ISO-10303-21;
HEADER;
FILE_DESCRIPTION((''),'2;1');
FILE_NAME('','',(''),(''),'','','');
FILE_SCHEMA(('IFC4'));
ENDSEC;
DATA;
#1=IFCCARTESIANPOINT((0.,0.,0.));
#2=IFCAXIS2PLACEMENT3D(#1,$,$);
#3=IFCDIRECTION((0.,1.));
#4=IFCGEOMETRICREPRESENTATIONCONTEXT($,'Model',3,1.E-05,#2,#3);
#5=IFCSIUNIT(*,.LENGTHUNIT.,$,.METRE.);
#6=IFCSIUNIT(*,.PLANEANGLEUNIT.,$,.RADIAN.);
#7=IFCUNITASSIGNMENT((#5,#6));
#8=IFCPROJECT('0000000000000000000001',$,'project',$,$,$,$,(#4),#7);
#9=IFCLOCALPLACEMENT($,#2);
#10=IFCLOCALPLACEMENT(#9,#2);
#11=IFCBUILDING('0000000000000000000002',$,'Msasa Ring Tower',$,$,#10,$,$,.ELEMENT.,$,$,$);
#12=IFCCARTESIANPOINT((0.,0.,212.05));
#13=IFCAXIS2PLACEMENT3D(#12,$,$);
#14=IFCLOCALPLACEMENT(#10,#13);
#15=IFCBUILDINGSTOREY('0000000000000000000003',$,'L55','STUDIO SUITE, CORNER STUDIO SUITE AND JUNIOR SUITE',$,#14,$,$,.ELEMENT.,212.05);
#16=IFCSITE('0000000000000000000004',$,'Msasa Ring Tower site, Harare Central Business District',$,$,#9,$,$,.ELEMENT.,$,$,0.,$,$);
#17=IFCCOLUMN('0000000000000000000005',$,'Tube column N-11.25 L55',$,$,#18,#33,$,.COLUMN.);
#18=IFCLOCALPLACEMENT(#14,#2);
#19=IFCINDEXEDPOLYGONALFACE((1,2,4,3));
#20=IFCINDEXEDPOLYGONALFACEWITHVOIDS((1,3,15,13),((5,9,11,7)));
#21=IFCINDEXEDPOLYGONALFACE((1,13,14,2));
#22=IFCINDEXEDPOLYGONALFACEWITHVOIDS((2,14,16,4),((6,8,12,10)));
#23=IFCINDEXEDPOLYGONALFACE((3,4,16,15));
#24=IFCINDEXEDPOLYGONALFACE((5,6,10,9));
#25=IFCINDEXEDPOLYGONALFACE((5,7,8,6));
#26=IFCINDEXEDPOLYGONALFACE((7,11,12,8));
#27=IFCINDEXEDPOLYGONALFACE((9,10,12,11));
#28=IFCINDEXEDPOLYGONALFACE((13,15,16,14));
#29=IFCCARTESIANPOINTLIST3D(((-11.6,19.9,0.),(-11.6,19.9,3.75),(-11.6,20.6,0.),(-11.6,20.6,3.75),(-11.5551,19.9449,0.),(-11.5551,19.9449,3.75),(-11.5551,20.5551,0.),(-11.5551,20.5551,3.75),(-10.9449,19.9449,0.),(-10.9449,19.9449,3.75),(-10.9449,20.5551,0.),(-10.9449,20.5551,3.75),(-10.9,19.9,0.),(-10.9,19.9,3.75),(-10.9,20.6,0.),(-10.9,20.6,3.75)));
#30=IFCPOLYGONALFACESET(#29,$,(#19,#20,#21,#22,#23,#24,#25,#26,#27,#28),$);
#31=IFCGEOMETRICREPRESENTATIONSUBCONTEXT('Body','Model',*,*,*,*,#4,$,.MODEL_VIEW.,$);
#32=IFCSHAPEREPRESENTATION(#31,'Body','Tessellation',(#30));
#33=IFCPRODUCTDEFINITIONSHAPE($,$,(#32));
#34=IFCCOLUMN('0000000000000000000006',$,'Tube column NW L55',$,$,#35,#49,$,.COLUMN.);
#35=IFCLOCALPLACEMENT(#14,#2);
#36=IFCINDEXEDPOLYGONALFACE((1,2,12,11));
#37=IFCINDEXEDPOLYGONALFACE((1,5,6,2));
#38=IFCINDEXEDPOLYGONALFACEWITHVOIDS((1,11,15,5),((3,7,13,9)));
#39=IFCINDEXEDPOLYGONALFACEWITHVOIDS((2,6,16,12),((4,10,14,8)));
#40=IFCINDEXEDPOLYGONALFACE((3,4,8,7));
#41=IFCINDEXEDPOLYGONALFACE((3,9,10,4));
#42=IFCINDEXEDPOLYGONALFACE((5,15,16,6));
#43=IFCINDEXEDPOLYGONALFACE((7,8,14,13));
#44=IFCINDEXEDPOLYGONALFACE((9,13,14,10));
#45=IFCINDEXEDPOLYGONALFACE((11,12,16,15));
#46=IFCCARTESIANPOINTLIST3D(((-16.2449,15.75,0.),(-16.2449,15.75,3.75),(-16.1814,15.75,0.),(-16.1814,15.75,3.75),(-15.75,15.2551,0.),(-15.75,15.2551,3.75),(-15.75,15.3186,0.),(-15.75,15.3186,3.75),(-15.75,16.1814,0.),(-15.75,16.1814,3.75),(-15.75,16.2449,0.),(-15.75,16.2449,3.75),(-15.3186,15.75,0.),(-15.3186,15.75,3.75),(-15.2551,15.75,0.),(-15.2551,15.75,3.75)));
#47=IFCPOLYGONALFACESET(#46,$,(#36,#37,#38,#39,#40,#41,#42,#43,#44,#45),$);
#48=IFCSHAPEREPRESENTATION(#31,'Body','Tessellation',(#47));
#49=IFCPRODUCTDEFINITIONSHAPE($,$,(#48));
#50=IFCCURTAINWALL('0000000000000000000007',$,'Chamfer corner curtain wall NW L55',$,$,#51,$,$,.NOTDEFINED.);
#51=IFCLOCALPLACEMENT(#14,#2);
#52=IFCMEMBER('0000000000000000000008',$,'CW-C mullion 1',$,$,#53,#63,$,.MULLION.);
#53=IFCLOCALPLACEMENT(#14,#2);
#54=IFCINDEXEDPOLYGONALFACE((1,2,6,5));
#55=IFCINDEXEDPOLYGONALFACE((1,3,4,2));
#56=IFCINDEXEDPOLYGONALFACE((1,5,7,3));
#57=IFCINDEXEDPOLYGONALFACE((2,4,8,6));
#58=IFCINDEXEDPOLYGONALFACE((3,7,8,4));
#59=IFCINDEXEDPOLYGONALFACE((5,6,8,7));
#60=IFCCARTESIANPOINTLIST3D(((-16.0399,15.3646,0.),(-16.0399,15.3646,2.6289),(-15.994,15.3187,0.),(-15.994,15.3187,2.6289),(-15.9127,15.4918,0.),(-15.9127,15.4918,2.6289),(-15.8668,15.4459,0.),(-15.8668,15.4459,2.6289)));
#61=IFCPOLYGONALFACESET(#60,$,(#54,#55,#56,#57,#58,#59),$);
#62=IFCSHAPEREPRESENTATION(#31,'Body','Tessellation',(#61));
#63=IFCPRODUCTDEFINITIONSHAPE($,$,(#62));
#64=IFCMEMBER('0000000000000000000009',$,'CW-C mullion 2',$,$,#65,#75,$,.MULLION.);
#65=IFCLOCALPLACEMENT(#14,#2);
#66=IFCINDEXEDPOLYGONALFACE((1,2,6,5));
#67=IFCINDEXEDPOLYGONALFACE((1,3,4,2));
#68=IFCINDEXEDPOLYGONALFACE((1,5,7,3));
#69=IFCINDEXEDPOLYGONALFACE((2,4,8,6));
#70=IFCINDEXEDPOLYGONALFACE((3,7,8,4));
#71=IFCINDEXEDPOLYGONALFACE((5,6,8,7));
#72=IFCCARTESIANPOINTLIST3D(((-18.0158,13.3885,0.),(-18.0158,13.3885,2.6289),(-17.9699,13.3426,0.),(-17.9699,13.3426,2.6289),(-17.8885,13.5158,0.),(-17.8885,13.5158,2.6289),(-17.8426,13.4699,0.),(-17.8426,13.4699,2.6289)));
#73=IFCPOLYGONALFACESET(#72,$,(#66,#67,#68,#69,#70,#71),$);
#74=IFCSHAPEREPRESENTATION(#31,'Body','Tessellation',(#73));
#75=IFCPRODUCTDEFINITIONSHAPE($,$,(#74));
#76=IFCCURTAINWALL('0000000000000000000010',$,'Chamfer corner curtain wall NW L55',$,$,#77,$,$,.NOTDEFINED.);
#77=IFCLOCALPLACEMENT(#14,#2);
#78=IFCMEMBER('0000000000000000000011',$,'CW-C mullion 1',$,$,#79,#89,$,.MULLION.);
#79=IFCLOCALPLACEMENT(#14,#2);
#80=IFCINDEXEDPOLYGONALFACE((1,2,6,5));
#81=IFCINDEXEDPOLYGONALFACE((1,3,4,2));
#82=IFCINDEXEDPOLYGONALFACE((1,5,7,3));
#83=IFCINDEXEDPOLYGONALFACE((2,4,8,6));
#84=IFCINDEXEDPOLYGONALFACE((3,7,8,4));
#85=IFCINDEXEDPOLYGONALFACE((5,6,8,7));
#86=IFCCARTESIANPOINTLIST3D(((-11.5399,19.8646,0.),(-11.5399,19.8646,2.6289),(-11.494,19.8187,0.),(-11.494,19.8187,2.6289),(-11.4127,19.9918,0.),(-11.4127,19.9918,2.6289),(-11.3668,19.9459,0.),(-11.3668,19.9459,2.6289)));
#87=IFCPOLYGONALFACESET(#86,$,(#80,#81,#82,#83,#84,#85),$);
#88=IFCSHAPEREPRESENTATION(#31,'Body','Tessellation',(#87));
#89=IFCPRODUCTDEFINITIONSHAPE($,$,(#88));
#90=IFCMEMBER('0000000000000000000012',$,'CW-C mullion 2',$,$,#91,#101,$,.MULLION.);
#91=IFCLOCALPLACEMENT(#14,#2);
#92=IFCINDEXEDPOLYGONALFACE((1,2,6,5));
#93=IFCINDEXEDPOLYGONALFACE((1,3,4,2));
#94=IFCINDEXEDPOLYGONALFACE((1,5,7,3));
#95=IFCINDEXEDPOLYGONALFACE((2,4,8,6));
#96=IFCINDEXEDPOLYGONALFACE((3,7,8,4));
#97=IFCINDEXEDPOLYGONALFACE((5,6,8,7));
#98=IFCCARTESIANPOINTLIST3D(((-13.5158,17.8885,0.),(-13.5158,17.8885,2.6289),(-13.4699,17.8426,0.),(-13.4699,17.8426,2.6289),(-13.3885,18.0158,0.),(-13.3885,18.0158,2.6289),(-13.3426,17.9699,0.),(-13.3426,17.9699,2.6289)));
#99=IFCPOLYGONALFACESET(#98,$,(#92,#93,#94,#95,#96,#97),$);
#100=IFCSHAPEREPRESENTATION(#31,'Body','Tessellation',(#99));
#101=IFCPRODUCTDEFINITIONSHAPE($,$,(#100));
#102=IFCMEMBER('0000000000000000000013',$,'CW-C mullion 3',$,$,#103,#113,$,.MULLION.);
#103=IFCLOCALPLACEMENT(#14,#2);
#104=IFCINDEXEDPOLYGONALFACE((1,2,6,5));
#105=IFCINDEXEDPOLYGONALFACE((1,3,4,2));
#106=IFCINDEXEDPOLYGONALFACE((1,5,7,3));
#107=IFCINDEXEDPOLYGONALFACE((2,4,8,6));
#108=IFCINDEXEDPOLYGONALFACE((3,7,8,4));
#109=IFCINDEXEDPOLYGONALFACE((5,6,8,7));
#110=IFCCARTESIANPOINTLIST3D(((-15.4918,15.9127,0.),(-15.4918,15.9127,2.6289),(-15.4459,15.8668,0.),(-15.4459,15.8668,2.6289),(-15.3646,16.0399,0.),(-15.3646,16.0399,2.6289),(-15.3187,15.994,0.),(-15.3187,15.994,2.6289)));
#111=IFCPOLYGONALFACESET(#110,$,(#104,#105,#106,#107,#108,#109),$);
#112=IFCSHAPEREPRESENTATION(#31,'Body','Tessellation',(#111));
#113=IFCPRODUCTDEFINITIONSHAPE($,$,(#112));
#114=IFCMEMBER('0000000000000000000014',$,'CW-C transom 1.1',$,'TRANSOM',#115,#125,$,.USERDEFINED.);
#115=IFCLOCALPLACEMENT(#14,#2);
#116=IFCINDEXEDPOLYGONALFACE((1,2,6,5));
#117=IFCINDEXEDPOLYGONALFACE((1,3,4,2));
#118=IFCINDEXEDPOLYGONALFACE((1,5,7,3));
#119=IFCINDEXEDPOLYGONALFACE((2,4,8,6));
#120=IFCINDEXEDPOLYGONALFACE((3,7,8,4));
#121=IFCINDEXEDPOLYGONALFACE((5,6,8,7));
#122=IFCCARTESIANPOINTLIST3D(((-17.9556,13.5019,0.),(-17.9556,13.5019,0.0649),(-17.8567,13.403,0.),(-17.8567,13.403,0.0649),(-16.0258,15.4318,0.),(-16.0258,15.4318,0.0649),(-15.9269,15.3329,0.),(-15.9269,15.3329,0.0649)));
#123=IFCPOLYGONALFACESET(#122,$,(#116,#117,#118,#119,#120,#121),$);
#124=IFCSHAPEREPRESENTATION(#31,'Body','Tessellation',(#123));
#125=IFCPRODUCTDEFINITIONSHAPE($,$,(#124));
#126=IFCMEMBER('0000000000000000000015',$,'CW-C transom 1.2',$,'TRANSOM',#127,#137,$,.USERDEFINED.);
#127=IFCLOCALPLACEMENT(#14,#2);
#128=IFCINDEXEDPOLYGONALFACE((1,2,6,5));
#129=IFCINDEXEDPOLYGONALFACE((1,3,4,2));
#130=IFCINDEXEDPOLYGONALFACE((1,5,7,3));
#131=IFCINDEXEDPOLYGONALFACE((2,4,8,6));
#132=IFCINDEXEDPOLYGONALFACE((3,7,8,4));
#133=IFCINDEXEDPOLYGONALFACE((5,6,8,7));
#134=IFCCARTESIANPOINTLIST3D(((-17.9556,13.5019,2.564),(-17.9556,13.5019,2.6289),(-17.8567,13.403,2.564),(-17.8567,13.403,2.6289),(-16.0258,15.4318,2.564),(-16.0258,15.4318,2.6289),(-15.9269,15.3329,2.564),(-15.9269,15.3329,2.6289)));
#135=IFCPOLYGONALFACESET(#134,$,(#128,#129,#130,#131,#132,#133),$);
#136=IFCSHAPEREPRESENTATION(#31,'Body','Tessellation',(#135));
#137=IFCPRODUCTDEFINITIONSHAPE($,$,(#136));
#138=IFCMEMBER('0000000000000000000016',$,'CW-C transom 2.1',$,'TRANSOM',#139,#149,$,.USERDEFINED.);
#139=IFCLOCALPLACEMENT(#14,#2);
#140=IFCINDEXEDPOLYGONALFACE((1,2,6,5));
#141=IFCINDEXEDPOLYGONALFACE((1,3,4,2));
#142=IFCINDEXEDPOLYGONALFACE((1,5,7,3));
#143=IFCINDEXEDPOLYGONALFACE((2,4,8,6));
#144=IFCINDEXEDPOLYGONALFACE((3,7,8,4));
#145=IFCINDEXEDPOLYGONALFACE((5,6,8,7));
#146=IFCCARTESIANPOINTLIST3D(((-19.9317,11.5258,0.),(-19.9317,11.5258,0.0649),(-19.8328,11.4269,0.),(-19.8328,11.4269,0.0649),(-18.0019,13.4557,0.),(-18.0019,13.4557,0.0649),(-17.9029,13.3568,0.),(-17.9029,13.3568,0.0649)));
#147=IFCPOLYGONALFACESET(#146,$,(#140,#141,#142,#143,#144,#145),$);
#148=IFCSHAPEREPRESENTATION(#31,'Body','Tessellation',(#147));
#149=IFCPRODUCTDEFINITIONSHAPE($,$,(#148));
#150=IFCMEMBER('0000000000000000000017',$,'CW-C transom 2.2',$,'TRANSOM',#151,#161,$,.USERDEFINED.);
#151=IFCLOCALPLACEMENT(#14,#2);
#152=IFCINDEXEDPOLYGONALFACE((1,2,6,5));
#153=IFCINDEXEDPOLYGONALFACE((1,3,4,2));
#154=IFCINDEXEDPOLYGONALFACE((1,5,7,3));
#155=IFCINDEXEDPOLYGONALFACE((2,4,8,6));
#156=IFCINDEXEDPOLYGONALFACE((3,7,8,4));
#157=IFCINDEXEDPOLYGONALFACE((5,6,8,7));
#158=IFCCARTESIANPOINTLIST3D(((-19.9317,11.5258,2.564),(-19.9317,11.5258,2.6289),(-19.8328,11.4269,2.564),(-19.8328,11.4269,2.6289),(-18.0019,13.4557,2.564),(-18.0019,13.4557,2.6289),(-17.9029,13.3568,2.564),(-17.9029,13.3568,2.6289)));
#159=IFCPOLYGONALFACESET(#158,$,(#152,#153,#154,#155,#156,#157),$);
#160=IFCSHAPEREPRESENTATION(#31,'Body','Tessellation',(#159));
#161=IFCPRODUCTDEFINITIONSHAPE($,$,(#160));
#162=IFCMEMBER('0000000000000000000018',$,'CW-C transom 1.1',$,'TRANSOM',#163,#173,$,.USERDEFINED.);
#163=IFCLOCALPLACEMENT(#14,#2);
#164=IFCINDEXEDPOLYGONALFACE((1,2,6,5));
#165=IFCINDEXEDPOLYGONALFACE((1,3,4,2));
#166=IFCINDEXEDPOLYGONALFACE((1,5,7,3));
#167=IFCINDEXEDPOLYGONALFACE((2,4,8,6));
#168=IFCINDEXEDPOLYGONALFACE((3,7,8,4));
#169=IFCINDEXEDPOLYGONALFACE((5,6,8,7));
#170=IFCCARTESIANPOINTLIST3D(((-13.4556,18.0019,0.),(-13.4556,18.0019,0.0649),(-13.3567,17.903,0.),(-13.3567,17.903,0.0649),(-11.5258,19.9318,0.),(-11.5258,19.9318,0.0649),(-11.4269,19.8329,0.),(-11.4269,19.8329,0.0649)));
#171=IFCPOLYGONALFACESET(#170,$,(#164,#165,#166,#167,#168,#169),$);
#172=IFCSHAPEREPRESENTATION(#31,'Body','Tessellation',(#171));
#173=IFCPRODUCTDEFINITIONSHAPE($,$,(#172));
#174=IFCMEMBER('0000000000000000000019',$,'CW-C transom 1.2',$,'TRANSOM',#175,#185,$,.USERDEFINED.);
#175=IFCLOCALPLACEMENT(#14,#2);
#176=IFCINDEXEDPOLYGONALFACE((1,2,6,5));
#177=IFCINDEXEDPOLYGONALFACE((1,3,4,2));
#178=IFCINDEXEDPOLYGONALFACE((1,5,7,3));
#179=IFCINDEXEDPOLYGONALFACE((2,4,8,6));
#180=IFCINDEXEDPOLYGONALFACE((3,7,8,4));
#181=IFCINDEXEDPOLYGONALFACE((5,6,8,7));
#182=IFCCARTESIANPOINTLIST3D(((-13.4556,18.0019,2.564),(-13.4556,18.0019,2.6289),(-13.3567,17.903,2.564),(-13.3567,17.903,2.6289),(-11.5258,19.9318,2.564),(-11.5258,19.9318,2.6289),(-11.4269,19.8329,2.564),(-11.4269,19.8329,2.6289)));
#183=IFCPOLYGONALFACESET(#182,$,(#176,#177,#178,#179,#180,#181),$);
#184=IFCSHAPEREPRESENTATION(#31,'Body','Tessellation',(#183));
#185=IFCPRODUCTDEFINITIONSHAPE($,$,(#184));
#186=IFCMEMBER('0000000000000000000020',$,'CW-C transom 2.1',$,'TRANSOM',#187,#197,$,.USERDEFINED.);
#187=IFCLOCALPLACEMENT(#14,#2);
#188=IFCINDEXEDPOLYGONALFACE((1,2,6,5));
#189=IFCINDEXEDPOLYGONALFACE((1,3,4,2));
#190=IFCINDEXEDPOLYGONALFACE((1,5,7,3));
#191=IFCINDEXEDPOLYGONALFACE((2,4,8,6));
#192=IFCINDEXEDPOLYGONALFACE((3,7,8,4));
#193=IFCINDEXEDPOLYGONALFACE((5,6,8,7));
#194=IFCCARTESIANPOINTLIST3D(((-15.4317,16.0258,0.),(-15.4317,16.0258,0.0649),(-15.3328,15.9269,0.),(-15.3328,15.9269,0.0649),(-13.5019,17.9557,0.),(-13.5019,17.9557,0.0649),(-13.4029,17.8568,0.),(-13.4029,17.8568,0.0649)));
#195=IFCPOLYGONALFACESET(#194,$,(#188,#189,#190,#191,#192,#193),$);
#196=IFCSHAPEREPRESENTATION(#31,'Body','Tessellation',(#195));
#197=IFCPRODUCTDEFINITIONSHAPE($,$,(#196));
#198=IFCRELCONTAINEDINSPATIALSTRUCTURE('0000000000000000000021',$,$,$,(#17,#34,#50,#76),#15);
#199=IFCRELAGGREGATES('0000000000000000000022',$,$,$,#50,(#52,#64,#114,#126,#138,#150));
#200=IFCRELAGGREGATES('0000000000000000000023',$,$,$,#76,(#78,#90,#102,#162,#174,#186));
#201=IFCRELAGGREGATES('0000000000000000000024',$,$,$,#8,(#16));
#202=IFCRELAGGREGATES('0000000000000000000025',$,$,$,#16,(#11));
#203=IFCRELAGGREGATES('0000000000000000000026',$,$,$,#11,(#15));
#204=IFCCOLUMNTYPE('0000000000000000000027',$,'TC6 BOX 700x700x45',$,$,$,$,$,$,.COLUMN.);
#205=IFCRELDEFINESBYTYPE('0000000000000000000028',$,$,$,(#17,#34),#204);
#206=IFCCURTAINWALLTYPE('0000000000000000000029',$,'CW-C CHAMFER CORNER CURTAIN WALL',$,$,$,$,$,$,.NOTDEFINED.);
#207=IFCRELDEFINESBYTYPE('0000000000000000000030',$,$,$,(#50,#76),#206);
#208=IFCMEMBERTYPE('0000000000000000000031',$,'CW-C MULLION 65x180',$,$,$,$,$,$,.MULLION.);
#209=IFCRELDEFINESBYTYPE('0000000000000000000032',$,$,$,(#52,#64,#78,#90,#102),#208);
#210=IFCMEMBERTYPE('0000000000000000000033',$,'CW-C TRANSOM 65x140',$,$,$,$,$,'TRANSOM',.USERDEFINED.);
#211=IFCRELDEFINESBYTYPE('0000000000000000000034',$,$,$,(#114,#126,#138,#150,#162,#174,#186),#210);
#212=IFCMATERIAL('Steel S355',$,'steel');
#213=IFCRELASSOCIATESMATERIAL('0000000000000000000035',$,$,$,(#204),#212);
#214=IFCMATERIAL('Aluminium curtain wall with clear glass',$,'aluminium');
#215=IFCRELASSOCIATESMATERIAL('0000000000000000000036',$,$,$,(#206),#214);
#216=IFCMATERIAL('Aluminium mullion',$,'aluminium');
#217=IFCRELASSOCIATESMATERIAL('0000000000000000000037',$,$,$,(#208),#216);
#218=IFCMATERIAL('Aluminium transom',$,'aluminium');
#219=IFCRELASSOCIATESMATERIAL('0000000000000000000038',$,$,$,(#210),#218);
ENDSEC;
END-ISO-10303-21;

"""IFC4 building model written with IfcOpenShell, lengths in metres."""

from ifc_helpers import new_model, si_unit, direction, frame, origin, origin_2d, place, context, subcontext, project, spatial, rectangle, hollow_rectangle, extrude, material, material_profile, profile_set, type_object, element, aggregate, save


model = new_model("IFC4")

# Units and contexts
model_context = context("Model", 3, precision=1e-05, world=origin(), true_north=direction((0.0, 1.0)))
body_context = subcontext(model_context, "Body", "Model", "MODEL_VIEW")
ifc_project = project(units=[si_unit("LENGTHUNIT", "METRE"), si_unit("PLANEANGLEUNIT", "RADIAN")], contexts=[model_context])

# Site, building, storey
site_placement = place(None, origin())
site = spatial("IfcSite", under=ifc_project, at=site_placement, Name="Msasa Ring Tower site, Harare Central Business District", CompositionType="ELEMENT", RefElevation=0.0)
building_placement = place(site_placement, origin())
building = spatial("IfcBuilding", under=site, at=building_placement, Name="Msasa Ring Tower", CompositionType="ELEMENT")
storey_placement = place(building_placement, frame((0.0, 0.0, 212.05)))
storey = spatial("IfcBuildingStorey", under=building, at=storey_placement, Name="L55", Description="STUDIO SUITE, CORNER STUDIO SUITE AND JUNIOR SUITE", CompositionType="ELEMENT", Elevation=212.05)

# Columns
ifc_material_1 = material(Name="Steel S355", Category="steel")
ifc_material_profile_1 = material_profile(ifc_material_1, hollow_rectangle(XDim=0.7, YDim=0.7, WallThickness=0.0449, at=origin_2d()), Name="BOX 700x700x45")
ifc_profile_set_1 = profile_set([ifc_material_profile_1], Name="Steel S355")
column_type = type_object("IfcColumnType", Name="TC6 BOX 700x700x45", PredefinedType="COLUMN", material=ifc_profile_set_1)
for number, where, z_axis, x_axis, name in (
    (1, (-11.25, 20.25, 0.0), (0.0, 0.0, 1.0), (0.0, 1.0, 0.0), "Tube column N-11.25 L55"),
    (2, (-15.75, 15.75, 0.0), (0.0, 0.0, 1.0), (0.707107, -0.707107, 0.0), "Tube column NW L55"),
):
    element("IfcColumn", number, at=place(storey_placement, frame(where, z_axis=z_axis, x_axis=x_axis)), inside=storey, type_object=column_type, Name=name, PredefinedType="COLUMN", context=body_context, shape_type="SweptSolid", body=[
        extrude(hollow_rectangle(XDim=0.7, YDim=0.7, WallThickness=0.0449, at=origin_2d()), origin(), (0.0, 0.0, 1.0), 3.75),
    ])

# Curtain walls, members
ifc_material_2 = material(Name="Aluminium curtain wall with clear glass", Category="aluminium")
curtain_wall_type = type_object("IfcCurtainWallType", Name="CW-C CHAMFER CORNER CURTAIN WALL", PredefinedType="NOTDEFINED", material=ifc_material_2)
curtain_wall_1_placement = place(storey_placement, origin())
curtain_wall_1 = element("IfcCurtainWall", 3, at=curtain_wall_1_placement, inside=storey, type_object=curtain_wall_type, Name="Chamfer corner curtain wall NW L55", PredefinedType="NOTDEFINED")
ifc_material_3 = material(Name="Aluminium mullion", Category="aluminium")
ifc_material_profile_2 = material_profile(ifc_material_3, rectangle(XDim=0.0649, YDim=0.1799, at=origin_2d()), Name="AL 65x180")
ifc_profile_set_2 = profile_set([ifc_material_profile_2], Name="Aluminium mullion")
member_type_1 = type_object("IfcMemberType", Name="CW-C MULLION 65x180", PredefinedType="MULLION", material=ifc_profile_set_2)
member_1_placement = place(storey_placement, frame((-15.9534, 15.4053, 0.0), z_axis=(0.0, 0.0, 1.0), x_axis=(0.707107, -0.707107, 0.0)))
member_1 = element("IfcMember", 4, at=member_1_placement, type_object=member_type_1, Name="CW-C mullion 1", PredefinedType="MULLION", context=body_context, shape_type="SweptSolid", body=[
    extrude(rectangle(XDim=0.0649, YDim=0.1799, at=origin_2d()), origin(), (0.0, 0.0, 1.0), 2.6289),
])
member_2_placement = place(storey_placement, frame((-17.9292, 13.4292, 0.0), z_axis=(0.0, 0.0, 1.0), x_axis=(0.707107, -0.707107, 0.0)))
member_2 = element("IfcMember", 5, at=member_2_placement, type_object=member_type_1, Name="CW-C mullion 2", PredefinedType="MULLION", context=body_context, shape_type="SweptSolid", body=[
    extrude(rectangle(XDim=0.0649, YDim=0.1799, at=origin_2d()), origin(), (0.0, 0.0, 1.0), 2.6289),
])
curtain_wall_2_placement = place(storey_placement, origin())
curtain_wall_2 = element("IfcCurtainWall", 6, at=curtain_wall_2_placement, inside=storey, type_object=curtain_wall_type, Name="Chamfer corner curtain wall NW L55", PredefinedType="NOTDEFINED")
member_3_placement = place(storey_placement, frame((-11.4534, 19.9053, 0.0), z_axis=(0.0, 0.0, 1.0), x_axis=(0.707107, -0.707107, 0.0)))
member_3 = element("IfcMember", 7, at=member_3_placement, type_object=member_type_1, Name="CW-C mullion 1", PredefinedType="MULLION", context=body_context, shape_type="SweptSolid", body=[
    extrude(rectangle(XDim=0.0649, YDim=0.1799, at=origin_2d()), origin(), (0.0, 0.0, 1.0), 2.6289),
])
member_4_placement = place(storey_placement, frame((-13.4292, 17.9292, 0.0), z_axis=(0.0, 0.0, 1.0), x_axis=(0.707107, -0.707107, 0.0)))
member_4 = element("IfcMember", 8, at=member_4_placement, type_object=member_type_1, Name="CW-C mullion 2", PredefinedType="MULLION", context=body_context, shape_type="SweptSolid", body=[
    extrude(rectangle(XDim=0.0649, YDim=0.1799, at=origin_2d()), origin(), (0.0, 0.0, 1.0), 2.6289),
])
member_5_placement = place(storey_placement, frame((-15.4053, 15.9534, 0.0), z_axis=(0.0, 0.0, 1.0), x_axis=(0.707107, -0.707107, 0.0)))
member_5 = element("IfcMember", 9, at=member_5_placement, type_object=member_type_1, Name="CW-C mullion 3", PredefinedType="MULLION", context=body_context, shape_type="SweptSolid", body=[
    extrude(rectangle(XDim=0.0649, YDim=0.1799, at=origin_2d()), origin(), (0.0, 0.0, 1.0), 2.6289),
])

# Members
ifc_material_4 = material(Name="Aluminium transom", Category="aluminium")
ifc_material_profile_3 = material_profile(ifc_material_4, rectangle(XDim=0.1399, YDim=0.0649, at=origin_2d()), Name="AL 65x140")
ifc_profile_set_3 = profile_set([ifc_material_profile_3], Name="Aluminium transom")
member_type_2 = type_object("IfcMemberType", Name="CW-C TRANSOM 65x140", ElementType="TRANSOM", PredefinedType="USERDEFINED", material=ifc_profile_set_3)
member_6_placement = place(storey_placement, frame((-15.9763, 15.3823, 0.0325), z_axis=(-0.707107, -0.707107, 0.0), x_axis=(0.707107, -0.707107, 0.0)))
member_6 = element("IfcMember", 10, at=member_6_placement, type_object=member_type_2, Name="CW-C transom 1.1", ObjectType="TRANSOM", PredefinedType="USERDEFINED", context=body_context, shape_type="SweptSolid", body=[
    extrude(rectangle(XDim=0.1399, YDim=0.0649, at=origin_2d()), origin(), (0.0, 0.0, 1.0), 2.7292),
])
member_7_placement = place(storey_placement, frame((-15.9763, 15.3823, 2.5964), z_axis=(-0.707107, -0.707107, 0.0), x_axis=(0.707107, -0.707107, 0.0)))
member_7 = element("IfcMember", 11, at=member_7_placement, type_object=member_type_2, Name="CW-C transom 1.2", ObjectType="TRANSOM", PredefinedType="USERDEFINED", context=body_context, shape_type="SweptSolid", body=[
    extrude(rectangle(XDim=0.1399, YDim=0.0649, at=origin_2d()), origin(), (0.0, 0.0, 1.0), 2.7292),
])
member_8_placement = place(storey_placement, frame((-17.9524, 13.4062, 0.0325), z_axis=(-0.707107, -0.707107, 0.0), x_axis=(0.707107, -0.707107, 0.0)))
member_8 = element("IfcMember", 12, at=member_8_placement, type_object=member_type_2, Name="CW-C transom 2.1", ObjectType="TRANSOM", PredefinedType="USERDEFINED", context=body_context, shape_type="SweptSolid", body=[
    extrude(rectangle(XDim=0.1399, YDim=0.0649, at=origin_2d()), origin(), (0.0, 0.0, 1.0), 2.7292),
])
member_9_placement = place(storey_placement, frame((-17.9524, 13.4062, 2.5964), z_axis=(-0.707107, -0.707107, 0.0), x_axis=(0.707107, -0.707107, 0.0)))
member_9 = element("IfcMember", 13, at=member_9_placement, type_object=member_type_2, Name="CW-C transom 2.2", ObjectType="TRANSOM", PredefinedType="USERDEFINED", context=body_context, shape_type="SweptSolid", body=[
    extrude(rectangle(XDim=0.1399, YDim=0.0649, at=origin_2d()), origin(), (0.0, 0.0, 1.0), 2.7292),
])
member_10_placement = place(storey_placement, frame((-11.4763, 19.8823, 0.0325), z_axis=(-0.707107, -0.707107, 0.0), x_axis=(0.707107, -0.707107, 0.0)))
member_10 = element("IfcMember", 14, at=member_10_placement, type_object=member_type_2, Name="CW-C transom 1.1", ObjectType="TRANSOM", PredefinedType="USERDEFINED", context=body_context, shape_type="SweptSolid", body=[
    extrude(rectangle(XDim=0.1399, YDim=0.0649, at=origin_2d()), origin(), (0.0, 0.0, 1.0), 2.7292),
])
member_11_placement = place(storey_placement, frame((-11.4763, 19.8823, 2.5964), z_axis=(-0.707107, -0.707107, 0.0), x_axis=(0.707107, -0.707107, 0.0)))
member_11 = element("IfcMember", 15, at=member_11_placement, type_object=member_type_2, Name="CW-C transom 1.2", ObjectType="TRANSOM", PredefinedType="USERDEFINED", context=body_context, shape_type="SweptSolid", body=[
    extrude(rectangle(XDim=0.1399, YDim=0.0649, at=origin_2d()), origin(), (0.0, 0.0, 1.0), 2.7292),
])
member_12_placement = place(storey_placement, frame((-13.4524, 17.9062, 0.0325), z_axis=(-0.707107, -0.707107, 0.0), x_axis=(0.707107, -0.707107, 0.0)))
member_12 = element("IfcMember", 16, at=member_12_placement, type_object=member_type_2, Name="CW-C transom 2.1", ObjectType="TRANSOM", PredefinedType="USERDEFINED", context=body_context, shape_type="SweptSolid", body=[
    extrude(rectangle(XDim=0.1399, YDim=0.0649, at=origin_2d()), origin(), (0.0, 0.0, 1.0), 2.7292),
])

aggregate(curtain_wall_1, [member_1, member_2, member_6, member_7, member_8, member_9])
aggregate(curtain_wall_2, [member_3, member_4, member_5, member_10, member_11, member_12])

save(model, "model.ifc")
